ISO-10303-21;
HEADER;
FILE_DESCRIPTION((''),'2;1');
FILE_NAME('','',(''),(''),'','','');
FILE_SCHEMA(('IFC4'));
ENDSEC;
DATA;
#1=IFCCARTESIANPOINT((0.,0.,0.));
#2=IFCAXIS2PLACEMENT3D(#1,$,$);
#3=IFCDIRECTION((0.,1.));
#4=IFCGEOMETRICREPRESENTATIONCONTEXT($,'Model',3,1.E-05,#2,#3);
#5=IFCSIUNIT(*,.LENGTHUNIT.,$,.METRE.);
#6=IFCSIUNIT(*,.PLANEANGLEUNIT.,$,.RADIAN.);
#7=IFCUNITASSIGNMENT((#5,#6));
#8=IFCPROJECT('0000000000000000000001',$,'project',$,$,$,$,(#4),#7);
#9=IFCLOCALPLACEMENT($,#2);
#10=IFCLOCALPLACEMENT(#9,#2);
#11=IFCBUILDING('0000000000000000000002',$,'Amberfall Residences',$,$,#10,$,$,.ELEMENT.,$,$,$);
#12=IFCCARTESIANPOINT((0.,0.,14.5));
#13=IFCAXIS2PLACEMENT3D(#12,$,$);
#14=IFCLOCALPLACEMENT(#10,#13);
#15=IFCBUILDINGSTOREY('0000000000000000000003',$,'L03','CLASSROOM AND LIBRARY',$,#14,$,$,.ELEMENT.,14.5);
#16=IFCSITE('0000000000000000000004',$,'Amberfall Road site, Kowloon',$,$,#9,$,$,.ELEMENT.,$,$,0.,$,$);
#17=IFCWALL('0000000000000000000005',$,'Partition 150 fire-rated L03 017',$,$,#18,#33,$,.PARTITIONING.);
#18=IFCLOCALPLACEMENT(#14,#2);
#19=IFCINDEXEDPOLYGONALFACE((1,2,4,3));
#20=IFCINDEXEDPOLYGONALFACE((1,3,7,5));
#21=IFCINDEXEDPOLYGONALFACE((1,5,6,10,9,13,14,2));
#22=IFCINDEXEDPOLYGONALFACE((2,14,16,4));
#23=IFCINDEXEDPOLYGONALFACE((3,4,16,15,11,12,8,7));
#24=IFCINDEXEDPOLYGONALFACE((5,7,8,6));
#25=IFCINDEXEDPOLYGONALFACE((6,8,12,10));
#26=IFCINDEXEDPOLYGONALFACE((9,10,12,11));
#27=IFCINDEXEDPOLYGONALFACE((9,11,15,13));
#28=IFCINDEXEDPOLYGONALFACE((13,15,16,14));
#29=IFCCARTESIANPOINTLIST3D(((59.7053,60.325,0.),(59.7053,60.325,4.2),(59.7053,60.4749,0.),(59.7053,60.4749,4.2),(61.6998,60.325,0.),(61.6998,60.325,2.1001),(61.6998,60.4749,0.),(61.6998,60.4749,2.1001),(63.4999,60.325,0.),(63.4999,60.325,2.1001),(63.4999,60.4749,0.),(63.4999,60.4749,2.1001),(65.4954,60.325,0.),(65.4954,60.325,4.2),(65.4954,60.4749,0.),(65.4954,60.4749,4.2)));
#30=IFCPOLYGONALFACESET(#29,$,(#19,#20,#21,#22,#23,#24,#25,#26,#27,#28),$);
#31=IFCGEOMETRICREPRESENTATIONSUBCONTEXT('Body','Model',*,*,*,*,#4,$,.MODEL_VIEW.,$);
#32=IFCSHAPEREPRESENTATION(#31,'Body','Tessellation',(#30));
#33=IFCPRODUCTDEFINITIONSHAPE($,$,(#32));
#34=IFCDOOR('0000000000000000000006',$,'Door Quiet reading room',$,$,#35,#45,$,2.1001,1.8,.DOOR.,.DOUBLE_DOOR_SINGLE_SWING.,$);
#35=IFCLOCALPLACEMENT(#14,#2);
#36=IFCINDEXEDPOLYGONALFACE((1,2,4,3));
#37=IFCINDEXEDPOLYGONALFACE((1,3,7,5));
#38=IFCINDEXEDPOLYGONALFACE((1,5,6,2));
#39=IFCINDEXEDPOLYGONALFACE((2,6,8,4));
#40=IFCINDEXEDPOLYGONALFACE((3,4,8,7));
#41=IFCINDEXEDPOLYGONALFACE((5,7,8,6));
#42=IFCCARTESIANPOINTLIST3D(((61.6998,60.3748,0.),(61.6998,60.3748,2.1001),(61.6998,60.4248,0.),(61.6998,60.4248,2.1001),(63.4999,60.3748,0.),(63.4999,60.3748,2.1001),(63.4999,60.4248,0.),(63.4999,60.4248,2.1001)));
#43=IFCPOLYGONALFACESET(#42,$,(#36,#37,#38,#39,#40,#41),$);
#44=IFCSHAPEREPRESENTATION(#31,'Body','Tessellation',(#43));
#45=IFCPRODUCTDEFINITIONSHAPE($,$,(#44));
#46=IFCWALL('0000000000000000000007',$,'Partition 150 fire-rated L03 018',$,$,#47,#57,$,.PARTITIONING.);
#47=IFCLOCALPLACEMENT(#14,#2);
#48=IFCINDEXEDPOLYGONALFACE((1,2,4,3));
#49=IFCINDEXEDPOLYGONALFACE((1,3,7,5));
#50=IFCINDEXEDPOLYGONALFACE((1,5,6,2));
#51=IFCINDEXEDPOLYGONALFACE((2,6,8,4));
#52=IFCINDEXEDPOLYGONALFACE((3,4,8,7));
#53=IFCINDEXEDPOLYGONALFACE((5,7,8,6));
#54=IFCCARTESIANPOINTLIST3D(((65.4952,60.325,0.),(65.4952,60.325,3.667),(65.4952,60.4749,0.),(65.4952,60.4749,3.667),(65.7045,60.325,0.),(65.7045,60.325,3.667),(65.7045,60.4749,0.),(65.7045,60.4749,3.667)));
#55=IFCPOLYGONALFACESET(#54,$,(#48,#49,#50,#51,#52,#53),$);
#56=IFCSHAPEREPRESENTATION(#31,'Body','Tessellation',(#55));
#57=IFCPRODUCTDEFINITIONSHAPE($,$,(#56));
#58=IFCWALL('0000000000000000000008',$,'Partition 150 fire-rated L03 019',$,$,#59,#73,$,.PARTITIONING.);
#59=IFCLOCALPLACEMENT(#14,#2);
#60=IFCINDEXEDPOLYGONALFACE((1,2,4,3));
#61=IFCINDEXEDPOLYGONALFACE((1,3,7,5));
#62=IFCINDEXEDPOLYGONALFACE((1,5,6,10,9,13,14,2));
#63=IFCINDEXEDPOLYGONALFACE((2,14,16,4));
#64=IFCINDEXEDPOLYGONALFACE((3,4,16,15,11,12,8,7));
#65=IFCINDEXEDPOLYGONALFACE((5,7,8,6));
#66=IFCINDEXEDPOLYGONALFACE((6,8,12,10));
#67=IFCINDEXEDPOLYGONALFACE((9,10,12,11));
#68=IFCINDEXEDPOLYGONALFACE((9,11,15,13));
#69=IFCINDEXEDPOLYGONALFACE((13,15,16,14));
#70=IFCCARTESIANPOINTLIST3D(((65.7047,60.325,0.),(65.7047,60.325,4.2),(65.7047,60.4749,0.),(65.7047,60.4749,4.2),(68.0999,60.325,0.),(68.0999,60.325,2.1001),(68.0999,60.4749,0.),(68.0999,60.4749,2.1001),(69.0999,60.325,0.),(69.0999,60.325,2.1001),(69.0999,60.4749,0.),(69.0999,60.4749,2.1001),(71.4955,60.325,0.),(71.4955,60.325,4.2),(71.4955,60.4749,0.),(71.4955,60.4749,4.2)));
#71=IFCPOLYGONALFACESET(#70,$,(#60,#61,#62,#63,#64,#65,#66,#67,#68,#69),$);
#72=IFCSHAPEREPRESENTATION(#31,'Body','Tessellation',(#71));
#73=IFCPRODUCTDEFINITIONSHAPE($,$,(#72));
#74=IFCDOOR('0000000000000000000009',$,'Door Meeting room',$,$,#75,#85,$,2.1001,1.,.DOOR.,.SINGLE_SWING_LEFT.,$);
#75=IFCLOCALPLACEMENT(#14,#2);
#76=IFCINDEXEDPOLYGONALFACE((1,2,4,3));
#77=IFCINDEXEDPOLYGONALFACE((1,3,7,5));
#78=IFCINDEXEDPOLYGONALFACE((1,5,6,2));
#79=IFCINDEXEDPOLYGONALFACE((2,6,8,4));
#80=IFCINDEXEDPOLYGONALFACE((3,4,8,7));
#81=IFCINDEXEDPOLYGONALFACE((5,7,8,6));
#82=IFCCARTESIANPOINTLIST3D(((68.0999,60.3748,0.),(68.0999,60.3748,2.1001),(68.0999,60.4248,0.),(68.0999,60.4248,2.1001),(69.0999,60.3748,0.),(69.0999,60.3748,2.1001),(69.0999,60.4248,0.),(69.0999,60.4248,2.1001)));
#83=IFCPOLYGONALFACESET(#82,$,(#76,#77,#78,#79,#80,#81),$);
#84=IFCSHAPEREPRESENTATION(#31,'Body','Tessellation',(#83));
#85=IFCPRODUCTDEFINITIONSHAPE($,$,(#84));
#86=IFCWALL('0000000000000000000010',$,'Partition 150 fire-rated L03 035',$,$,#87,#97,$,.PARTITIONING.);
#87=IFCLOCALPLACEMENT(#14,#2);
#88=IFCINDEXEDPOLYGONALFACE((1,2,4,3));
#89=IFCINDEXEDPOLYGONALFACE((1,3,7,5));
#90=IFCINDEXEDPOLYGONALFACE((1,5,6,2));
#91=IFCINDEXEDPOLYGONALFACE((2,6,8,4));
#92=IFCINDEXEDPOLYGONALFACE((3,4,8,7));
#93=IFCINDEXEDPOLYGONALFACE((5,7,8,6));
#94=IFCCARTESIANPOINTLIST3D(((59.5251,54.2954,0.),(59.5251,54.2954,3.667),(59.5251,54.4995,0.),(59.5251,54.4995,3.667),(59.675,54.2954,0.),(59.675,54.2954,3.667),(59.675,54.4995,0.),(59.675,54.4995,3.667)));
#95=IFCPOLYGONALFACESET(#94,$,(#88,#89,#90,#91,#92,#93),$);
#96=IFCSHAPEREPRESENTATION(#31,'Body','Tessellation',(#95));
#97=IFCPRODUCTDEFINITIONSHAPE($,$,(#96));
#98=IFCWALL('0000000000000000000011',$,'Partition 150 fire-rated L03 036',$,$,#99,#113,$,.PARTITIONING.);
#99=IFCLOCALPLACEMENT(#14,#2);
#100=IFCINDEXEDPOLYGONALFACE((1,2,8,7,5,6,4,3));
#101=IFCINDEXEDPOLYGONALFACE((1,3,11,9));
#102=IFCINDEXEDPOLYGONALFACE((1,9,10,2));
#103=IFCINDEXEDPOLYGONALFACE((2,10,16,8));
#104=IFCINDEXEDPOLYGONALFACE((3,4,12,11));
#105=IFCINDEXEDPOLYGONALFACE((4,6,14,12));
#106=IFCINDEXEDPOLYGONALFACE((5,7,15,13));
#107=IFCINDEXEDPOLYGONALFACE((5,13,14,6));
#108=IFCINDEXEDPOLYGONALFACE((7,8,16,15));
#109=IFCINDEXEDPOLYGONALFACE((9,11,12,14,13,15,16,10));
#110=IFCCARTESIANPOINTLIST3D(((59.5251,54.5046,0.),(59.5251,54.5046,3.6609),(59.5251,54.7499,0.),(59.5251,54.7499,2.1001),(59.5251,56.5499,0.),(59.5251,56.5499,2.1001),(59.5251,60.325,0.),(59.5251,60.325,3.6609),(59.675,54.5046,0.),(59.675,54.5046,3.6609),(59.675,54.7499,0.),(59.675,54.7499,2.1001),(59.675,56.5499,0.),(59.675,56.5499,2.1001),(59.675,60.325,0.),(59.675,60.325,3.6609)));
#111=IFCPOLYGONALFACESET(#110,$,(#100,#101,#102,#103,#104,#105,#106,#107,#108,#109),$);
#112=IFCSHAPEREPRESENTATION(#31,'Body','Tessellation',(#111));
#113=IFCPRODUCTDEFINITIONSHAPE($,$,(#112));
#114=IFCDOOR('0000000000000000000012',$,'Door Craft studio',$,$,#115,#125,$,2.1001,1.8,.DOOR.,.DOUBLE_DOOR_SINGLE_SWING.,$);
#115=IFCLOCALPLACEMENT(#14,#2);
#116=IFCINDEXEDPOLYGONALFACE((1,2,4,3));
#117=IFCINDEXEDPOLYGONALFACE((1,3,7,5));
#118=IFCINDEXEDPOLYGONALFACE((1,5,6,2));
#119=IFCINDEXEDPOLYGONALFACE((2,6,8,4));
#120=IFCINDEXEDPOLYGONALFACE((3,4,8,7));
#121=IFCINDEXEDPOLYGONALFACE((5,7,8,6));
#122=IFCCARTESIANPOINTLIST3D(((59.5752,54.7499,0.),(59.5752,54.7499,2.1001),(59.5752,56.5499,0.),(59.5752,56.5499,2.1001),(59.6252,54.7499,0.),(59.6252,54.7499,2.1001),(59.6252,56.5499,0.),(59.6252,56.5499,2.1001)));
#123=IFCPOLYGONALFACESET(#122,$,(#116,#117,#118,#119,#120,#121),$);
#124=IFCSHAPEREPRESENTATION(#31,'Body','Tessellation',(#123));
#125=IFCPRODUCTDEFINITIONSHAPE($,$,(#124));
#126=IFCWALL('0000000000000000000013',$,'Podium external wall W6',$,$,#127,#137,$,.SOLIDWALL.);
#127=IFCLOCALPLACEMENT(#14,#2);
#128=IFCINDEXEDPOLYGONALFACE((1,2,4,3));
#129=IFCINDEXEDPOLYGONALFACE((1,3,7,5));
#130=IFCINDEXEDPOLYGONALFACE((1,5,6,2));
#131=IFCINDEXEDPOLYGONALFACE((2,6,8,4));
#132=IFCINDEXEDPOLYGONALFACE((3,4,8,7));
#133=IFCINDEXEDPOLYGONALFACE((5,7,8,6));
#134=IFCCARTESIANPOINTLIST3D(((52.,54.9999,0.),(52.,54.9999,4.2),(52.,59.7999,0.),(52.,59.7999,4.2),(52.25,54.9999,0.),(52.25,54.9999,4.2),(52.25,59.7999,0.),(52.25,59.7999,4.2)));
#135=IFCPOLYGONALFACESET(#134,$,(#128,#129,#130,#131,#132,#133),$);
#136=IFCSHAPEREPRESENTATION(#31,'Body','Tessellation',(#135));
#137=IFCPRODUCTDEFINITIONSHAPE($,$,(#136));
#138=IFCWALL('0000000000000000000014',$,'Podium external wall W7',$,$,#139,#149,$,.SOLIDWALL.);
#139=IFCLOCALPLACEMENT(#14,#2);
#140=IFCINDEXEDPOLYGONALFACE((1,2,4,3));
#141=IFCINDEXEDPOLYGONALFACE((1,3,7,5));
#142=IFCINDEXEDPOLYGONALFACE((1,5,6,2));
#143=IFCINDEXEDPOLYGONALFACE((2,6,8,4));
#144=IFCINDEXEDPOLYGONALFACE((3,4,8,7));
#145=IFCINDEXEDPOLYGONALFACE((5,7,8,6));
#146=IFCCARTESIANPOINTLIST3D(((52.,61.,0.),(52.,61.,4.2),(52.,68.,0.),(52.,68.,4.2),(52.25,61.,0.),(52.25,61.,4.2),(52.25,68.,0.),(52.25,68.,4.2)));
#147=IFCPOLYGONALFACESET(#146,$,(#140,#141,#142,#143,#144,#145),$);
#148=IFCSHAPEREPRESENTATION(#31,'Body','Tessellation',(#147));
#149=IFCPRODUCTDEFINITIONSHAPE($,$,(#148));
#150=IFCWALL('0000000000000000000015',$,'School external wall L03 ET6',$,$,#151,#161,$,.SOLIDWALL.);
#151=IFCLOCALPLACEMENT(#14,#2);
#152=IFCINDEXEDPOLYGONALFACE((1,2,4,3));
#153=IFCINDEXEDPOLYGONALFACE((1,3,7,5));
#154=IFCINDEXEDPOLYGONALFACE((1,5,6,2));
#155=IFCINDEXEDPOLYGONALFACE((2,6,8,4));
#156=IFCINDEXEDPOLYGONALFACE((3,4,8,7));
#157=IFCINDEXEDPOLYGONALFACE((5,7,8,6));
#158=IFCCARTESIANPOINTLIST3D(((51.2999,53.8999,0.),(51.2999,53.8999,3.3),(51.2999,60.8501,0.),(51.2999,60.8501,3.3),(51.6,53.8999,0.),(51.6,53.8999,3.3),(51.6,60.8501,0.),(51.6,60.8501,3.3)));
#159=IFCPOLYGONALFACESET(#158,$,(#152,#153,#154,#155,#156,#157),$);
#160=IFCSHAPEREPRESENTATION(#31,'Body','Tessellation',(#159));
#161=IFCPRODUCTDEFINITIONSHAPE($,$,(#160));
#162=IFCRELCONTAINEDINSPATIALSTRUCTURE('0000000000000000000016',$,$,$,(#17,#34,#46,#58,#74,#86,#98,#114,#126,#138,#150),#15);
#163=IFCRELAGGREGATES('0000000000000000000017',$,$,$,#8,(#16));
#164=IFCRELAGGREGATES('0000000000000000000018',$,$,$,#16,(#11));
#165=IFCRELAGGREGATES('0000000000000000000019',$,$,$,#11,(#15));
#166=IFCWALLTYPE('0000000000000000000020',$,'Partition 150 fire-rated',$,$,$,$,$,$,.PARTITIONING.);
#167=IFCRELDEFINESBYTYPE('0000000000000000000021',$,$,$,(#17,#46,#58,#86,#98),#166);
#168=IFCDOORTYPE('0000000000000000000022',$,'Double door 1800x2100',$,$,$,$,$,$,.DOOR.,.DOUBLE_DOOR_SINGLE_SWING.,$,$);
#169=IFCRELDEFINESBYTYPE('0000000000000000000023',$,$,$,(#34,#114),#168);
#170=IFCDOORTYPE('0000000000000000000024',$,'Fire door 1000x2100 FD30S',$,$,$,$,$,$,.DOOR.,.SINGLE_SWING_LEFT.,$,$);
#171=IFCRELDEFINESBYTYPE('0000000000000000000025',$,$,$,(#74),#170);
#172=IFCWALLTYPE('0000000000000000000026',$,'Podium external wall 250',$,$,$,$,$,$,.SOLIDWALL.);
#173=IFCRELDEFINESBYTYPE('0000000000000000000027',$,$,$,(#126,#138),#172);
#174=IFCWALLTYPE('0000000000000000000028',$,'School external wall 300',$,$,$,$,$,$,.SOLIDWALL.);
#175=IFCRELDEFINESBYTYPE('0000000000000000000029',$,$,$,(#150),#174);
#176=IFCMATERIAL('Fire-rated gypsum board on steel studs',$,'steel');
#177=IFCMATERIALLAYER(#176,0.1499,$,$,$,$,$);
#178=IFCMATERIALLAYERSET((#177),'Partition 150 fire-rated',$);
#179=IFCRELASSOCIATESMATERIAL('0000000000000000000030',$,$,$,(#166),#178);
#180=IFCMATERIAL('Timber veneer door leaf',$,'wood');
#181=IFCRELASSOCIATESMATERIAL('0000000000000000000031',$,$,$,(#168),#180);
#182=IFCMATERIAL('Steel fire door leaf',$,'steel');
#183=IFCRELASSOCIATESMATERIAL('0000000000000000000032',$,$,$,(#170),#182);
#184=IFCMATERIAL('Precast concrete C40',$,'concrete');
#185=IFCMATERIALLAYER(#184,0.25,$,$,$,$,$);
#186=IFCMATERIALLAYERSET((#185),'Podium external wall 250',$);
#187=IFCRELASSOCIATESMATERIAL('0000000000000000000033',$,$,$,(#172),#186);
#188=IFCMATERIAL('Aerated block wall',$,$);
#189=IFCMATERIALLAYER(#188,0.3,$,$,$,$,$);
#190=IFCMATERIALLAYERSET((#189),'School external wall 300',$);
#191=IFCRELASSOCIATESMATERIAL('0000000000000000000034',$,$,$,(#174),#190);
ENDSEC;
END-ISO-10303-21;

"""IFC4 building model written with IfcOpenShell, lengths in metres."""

from ifc_helpers import new_model, si_unit, direction, frame, frame_2d, origin, place, context, subcontext, project, spatial, rectangle, extrude, material, layer, layer_set, type_object, element, fill, save


model = new_model("IFC4")

# Units and contexts
model_context = context("Model", 3, precision=1e-05, world=origin(), true_north=direction((0.0, 1.0)))
body_context = subcontext(model_context, "Body", "Model", "MODEL_VIEW")
ifc_project = project(units=[si_unit("LENGTHUNIT", "METRE"), si_unit("PLANEANGLEUNIT", "RADIAN")], contexts=[model_context])

# Site, building, storey
site_placement = place(None, origin())
site = spatial("IfcSite", under=ifc_project, at=site_placement, Name="Amberfall Road site, Kowloon", CompositionType="ELEMENT", RefElevation=0.0)
building_placement = place(site_placement, origin())
building = spatial("IfcBuilding", under=site, at=building_placement, Name="Amberfall Residences", CompositionType="ELEMENT")
storey_placement = place(building_placement, frame((0.0, 0.0, 14.5)))
storey = spatial("IfcBuildingStorey", under=building, at=storey_placement, Name="L03", Description="CLASSROOM AND LIBRARY", CompositionType="ELEMENT", Elevation=14.5)

# Shared definitions
ifc_material_1 = material(Name="Fire-rated gypsum board on steel studs", Category="steel")
ifc_layer_1 = layer(ifc_material_1, 0.1499)
ifc_layer_set_1 = layer_set([ifc_layer_1], Name="Partition 150 fire-rated")
wall_type_1 = type_object("IfcWallType", Name="Partition 150 fire-rated", PredefinedType="PARTITIONING", material=ifc_layer_set_1)

# Wall, opening, door
wall_1_placement = place(storey_placement, frame((59.7053, 60.3999, 0.0), z_axis=(0.0, 0.0, 1.0), x_axis=(1.0, 0.0, 0.0)))
wall_1 = element("IfcWall", 1, at=wall_1_placement, inside=storey, type_object=wall_type_1, Name="Partition 150 fire-rated L03 017", PredefinedType="PARTITIONING", context=body_context, shape_type="SweptSolid", body=[
    extrude(rectangle(XDim=5.79, YDim=0.1499, at=frame_2d((2.895, 0.0))), origin(), (0.0, 0.0, 1.0), 4.2),
])
opening_1_placement = place(wall_1_placement, frame((1.9946, 0.0, 0.0)))
opening_1 = element("IfcOpeningElement", 2, at=opening_1_placement, cuts=wall_1, PredefinedType="OPENING", context=body_context, shape_type="SweptSolid", body=[
    extrude(rectangle(XDim=1.8, YDim=2.1001, at=frame_2d((0.8999, 1.05))), frame((0.0, 0.085, 0.0), z_axis=(0.0, -1.0, 0.0), x_axis=(1.0, 0.0, 0.0)), (0.0, 0.0, 1.0), 0.1699),
])
ifc_material_2 = material(Name="Timber veneer door leaf", Category="wood")
door_type_1 = type_object("IfcDoorType", Name="Double door 1800x2100", OperationType="DOUBLE_DOOR_SINGLE_SWING", PredefinedType="DOOR", material=ifc_material_2)
door_1_placement = place(opening_1_placement, origin())
door_1 = element("IfcDoor", 3, at=door_1_placement, inside=storey, type_object=door_type_1, Name="Door Quiet reading room", OperationType="DOUBLE_DOOR_SINGLE_SWING", OverallHeight=2.1001, OverallWidth=1.8, PredefinedType="DOOR", context=body_context, shape_type="SweptSolid", body=[
    extrude(rectangle(XDim=1.8, YDim=2.1001, at=frame_2d((0.8999, 1.05))), frame((0.0, 0.0249, 0.0), z_axis=(0.0, -1.0, 0.0), x_axis=(1.0, 0.0, 0.0)), (0.0, 0.0, 1.0), 0.05),
])
fill(opening_1, door_1)

# Wall
wall_2_placement = place(storey_placement, frame((65.4954, 60.3999, 0.0), z_axis=(0.0, 0.0, 1.0), x_axis=(1.0, 0.0, 0.0)))
element("IfcWall", 4, at=wall_2_placement, inside=storey, type_object=wall_type_1, Name="Partition 150 fire-rated L03 018", PredefinedType="PARTITIONING", context=body_context, shape_type="SweptSolid", body=[
    extrude(rectangle(XDim=0.2092, YDim=0.1499, at=frame_2d((0.1045, 0.0))), origin(), (0.0, 0.0, 1.0), 3.667),
])

# Wall, opening, door
wall_3_placement = place(storey_placement, frame((65.7046, 60.3999, 0.0), z_axis=(0.0, 0.0, 1.0), x_axis=(1.0, 0.0, 0.0)))
wall_3 = element("IfcWall", 5, at=wall_3_placement, inside=storey, type_object=wall_type_1, Name="Partition 150 fire-rated L03 019", PredefinedType="PARTITIONING", context=body_context, shape_type="SweptSolid", body=[
    extrude(rectangle(XDim=5.7908, YDim=0.1499, at=frame_2d((2.8955, 0.0))), origin(), (0.0, 0.0, 1.0), 4.2),
])
opening_2_placement = place(wall_3_placement, frame((2.3953, 0.0, 0.0)))
opening_2 = element("IfcOpeningElement", 6, at=opening_2_placement, cuts=wall_3, PredefinedType="OPENING", context=body_context, shape_type="SweptSolid", body=[
    extrude(rectangle(XDim=1.0, YDim=2.1001, at=frame_2d((0.5, 1.05))), frame((0.0, 0.085, 0.0), z_axis=(0.0, -1.0, 0.0), x_axis=(1.0, 0.0, 0.0)), (0.0, 0.0, 1.0), 0.1699),
])
ifc_material_3 = material(Name="Steel fire door leaf", Category="steel")
door_type_2 = type_object("IfcDoorType", Name="Fire door 1000x2100 FD30S", OperationType="SINGLE_SWING_LEFT", PredefinedType="DOOR", material=ifc_material_3)
door_2_placement = place(opening_2_placement, origin())
door_2 = element("IfcDoor", 7, at=door_2_placement, inside=storey, type_object=door_type_2, Name="Door Meeting room", OperationType="SINGLE_SWING_LEFT", OverallHeight=2.1001, OverallWidth=1.0, PredefinedType="DOOR", context=body_context, shape_type="SweptSolid", body=[
    extrude(rectangle(XDim=1.0, YDim=2.1001, at=frame_2d((0.5, 1.05))), frame((0.0, 0.0249, 0.0), z_axis=(0.0, -1.0, 0.0), x_axis=(1.0, 0.0, 0.0)), (0.0, 0.0, 1.0), 0.05),
])
fill(opening_2, door_2)

# Wall
wall_4_placement = place(storey_placement, frame((59.6001, 54.2954, 0.0), z_axis=(0.0, 0.0, 1.0), x_axis=(0.0, 1.0, 0.0)))
element("IfcWall", 8, at=wall_4_placement, inside=storey, type_object=wall_type_1, Name="Partition 150 fire-rated L03 035", PredefinedType="PARTITIONING", context=body_context, shape_type="SweptSolid", body=[
    extrude(rectangle(XDim=0.2041, YDim=0.1499, at=frame_2d((0.1021, 0.0))), origin(), (0.0, 0.0, 1.0), 3.667),
])

# Wall, opening, door
wall_5_placement = place(storey_placement, frame((59.6001, 54.5046, 0.0), z_axis=(0.0, 0.0, 1.0), x_axis=(0.0, 1.0, 0.0)))
wall_5 = element("IfcWall", 9, at=wall_5_placement, inside=storey, type_object=wall_type_1, Name="Partition 150 fire-rated L03 036", PredefinedType="PARTITIONING", context=body_context, shape_type="SweptSolid", body=[
    extrude(rectangle(XDim=5.8203, YDim=0.1499, at=frame_2d((2.9102, 0.0))), origin(), (0.0, 0.0, 1.0), 3.6609),
])
opening_3_placement = place(wall_5_placement, frame((0.2454, 0.0, 0.0)))
opening_3 = element("IfcOpeningElement", 10, at=opening_3_placement, cuts=wall_5, PredefinedType="OPENING", context=body_context, shape_type="SweptSolid", body=[
    extrude(rectangle(XDim=1.8, YDim=2.1001, at=frame_2d((0.8999, 1.05))), frame((0.0, 0.085, 0.0), z_axis=(0.0, -1.0, 0.0), x_axis=(1.0, 0.0, 0.0)), (0.0, 0.0, 1.0), 0.1699),
])
door_3_placement = place(opening_3_placement, origin())
door_3 = element("IfcDoor", 11, at=door_3_placement, inside=storey, type_object=door_type_1, Name="Door Craft studio", OperationType="DOUBLE_DOOR_SINGLE_SWING", OverallHeight=2.1001, OverallWidth=1.8, PredefinedType="DOOR", context=body_context, shape_type="SweptSolid", body=[
    extrude(rectangle(XDim=1.8, YDim=2.1001, at=frame_2d((0.8999, 1.05))), frame((0.0, 0.0249, 0.0), z_axis=(0.0, -1.0, 0.0), x_axis=(1.0, 0.0, 0.0)), (0.0, 0.0, 1.0), 0.05),
])
fill(opening_3, door_3)

# Walls
ifc_material_4 = material(Name="Precast concrete C40", Category="concrete")
ifc_layer_2 = layer(ifc_material_4, 0.25)
ifc_layer_set_2 = layer_set([ifc_layer_2], Name="Podium external wall 250")
wall_type_2 = type_object("IfcWallType", Name="Podium external wall 250", PredefinedType="SOLIDWALL", material=ifc_layer_set_2)
wall_6_placement = place(storey_placement, frame((52.125, 55.0, 0.0), z_axis=(0.0, 0.0, 1.0), x_axis=(0.0, 1.0, 0.0)))
element("IfcWall", 12, at=wall_6_placement, inside=storey, type_object=wall_type_2, Name="Podium external wall W6", PredefinedType="SOLIDWALL", context=body_context, shape_type="SweptSolid", body=[
    extrude(rectangle(XDim=4.8, YDim=0.25, at=frame_2d((2.3999, 0.0))), origin(), (0.0, 0.0, 1.0), 4.2),
])
wall_7_placement = place(storey_placement, frame((52.125, 61.0, 0.0), z_axis=(0.0, 0.0, 1.0), x_axis=(0.0, 1.0, 0.0)))
element("IfcWall", 13, at=wall_7_placement, inside=storey, type_object=wall_type_2, Name="Podium external wall W7", PredefinedType="SOLIDWALL", context=body_context, shape_type="SweptSolid", body=[
    extrude(rectangle(XDim=7.0, YDim=0.25, at=frame_2d((3.5, 0.0))), origin(), (0.0, 0.0, 1.0), 4.2),
])
ifc_material_5 = material(Name="Aerated block wall")
ifc_layer_3 = layer(ifc_material_5, 0.3)
ifc_layer_set_3 = layer_set([ifc_layer_3], Name="School external wall 300")
wall_type_3 = type_object("IfcWallType", Name="School external wall 300", PredefinedType="SOLIDWALL", material=ifc_layer_set_3)
wall_8_placement = place(storey_placement, frame((51.45, 53.8999, 0.0), z_axis=(0.0, 0.0, 1.0), x_axis=(0.0, 1.0, 0.0)))
element("IfcWall", 14, at=wall_8_placement, inside=storey, type_object=wall_type_3, Name="School external wall L03 ET6", PredefinedType="SOLIDWALL", context=body_context, shape_type="SweptSolid", body=[
    extrude(rectangle(XDim=6.9502, YDim=0.3, at=frame_2d((3.4751, 0.0))), origin(), (0.0, 0.0, 1.0), 3.3),
])

save(model, "model.ifc")
